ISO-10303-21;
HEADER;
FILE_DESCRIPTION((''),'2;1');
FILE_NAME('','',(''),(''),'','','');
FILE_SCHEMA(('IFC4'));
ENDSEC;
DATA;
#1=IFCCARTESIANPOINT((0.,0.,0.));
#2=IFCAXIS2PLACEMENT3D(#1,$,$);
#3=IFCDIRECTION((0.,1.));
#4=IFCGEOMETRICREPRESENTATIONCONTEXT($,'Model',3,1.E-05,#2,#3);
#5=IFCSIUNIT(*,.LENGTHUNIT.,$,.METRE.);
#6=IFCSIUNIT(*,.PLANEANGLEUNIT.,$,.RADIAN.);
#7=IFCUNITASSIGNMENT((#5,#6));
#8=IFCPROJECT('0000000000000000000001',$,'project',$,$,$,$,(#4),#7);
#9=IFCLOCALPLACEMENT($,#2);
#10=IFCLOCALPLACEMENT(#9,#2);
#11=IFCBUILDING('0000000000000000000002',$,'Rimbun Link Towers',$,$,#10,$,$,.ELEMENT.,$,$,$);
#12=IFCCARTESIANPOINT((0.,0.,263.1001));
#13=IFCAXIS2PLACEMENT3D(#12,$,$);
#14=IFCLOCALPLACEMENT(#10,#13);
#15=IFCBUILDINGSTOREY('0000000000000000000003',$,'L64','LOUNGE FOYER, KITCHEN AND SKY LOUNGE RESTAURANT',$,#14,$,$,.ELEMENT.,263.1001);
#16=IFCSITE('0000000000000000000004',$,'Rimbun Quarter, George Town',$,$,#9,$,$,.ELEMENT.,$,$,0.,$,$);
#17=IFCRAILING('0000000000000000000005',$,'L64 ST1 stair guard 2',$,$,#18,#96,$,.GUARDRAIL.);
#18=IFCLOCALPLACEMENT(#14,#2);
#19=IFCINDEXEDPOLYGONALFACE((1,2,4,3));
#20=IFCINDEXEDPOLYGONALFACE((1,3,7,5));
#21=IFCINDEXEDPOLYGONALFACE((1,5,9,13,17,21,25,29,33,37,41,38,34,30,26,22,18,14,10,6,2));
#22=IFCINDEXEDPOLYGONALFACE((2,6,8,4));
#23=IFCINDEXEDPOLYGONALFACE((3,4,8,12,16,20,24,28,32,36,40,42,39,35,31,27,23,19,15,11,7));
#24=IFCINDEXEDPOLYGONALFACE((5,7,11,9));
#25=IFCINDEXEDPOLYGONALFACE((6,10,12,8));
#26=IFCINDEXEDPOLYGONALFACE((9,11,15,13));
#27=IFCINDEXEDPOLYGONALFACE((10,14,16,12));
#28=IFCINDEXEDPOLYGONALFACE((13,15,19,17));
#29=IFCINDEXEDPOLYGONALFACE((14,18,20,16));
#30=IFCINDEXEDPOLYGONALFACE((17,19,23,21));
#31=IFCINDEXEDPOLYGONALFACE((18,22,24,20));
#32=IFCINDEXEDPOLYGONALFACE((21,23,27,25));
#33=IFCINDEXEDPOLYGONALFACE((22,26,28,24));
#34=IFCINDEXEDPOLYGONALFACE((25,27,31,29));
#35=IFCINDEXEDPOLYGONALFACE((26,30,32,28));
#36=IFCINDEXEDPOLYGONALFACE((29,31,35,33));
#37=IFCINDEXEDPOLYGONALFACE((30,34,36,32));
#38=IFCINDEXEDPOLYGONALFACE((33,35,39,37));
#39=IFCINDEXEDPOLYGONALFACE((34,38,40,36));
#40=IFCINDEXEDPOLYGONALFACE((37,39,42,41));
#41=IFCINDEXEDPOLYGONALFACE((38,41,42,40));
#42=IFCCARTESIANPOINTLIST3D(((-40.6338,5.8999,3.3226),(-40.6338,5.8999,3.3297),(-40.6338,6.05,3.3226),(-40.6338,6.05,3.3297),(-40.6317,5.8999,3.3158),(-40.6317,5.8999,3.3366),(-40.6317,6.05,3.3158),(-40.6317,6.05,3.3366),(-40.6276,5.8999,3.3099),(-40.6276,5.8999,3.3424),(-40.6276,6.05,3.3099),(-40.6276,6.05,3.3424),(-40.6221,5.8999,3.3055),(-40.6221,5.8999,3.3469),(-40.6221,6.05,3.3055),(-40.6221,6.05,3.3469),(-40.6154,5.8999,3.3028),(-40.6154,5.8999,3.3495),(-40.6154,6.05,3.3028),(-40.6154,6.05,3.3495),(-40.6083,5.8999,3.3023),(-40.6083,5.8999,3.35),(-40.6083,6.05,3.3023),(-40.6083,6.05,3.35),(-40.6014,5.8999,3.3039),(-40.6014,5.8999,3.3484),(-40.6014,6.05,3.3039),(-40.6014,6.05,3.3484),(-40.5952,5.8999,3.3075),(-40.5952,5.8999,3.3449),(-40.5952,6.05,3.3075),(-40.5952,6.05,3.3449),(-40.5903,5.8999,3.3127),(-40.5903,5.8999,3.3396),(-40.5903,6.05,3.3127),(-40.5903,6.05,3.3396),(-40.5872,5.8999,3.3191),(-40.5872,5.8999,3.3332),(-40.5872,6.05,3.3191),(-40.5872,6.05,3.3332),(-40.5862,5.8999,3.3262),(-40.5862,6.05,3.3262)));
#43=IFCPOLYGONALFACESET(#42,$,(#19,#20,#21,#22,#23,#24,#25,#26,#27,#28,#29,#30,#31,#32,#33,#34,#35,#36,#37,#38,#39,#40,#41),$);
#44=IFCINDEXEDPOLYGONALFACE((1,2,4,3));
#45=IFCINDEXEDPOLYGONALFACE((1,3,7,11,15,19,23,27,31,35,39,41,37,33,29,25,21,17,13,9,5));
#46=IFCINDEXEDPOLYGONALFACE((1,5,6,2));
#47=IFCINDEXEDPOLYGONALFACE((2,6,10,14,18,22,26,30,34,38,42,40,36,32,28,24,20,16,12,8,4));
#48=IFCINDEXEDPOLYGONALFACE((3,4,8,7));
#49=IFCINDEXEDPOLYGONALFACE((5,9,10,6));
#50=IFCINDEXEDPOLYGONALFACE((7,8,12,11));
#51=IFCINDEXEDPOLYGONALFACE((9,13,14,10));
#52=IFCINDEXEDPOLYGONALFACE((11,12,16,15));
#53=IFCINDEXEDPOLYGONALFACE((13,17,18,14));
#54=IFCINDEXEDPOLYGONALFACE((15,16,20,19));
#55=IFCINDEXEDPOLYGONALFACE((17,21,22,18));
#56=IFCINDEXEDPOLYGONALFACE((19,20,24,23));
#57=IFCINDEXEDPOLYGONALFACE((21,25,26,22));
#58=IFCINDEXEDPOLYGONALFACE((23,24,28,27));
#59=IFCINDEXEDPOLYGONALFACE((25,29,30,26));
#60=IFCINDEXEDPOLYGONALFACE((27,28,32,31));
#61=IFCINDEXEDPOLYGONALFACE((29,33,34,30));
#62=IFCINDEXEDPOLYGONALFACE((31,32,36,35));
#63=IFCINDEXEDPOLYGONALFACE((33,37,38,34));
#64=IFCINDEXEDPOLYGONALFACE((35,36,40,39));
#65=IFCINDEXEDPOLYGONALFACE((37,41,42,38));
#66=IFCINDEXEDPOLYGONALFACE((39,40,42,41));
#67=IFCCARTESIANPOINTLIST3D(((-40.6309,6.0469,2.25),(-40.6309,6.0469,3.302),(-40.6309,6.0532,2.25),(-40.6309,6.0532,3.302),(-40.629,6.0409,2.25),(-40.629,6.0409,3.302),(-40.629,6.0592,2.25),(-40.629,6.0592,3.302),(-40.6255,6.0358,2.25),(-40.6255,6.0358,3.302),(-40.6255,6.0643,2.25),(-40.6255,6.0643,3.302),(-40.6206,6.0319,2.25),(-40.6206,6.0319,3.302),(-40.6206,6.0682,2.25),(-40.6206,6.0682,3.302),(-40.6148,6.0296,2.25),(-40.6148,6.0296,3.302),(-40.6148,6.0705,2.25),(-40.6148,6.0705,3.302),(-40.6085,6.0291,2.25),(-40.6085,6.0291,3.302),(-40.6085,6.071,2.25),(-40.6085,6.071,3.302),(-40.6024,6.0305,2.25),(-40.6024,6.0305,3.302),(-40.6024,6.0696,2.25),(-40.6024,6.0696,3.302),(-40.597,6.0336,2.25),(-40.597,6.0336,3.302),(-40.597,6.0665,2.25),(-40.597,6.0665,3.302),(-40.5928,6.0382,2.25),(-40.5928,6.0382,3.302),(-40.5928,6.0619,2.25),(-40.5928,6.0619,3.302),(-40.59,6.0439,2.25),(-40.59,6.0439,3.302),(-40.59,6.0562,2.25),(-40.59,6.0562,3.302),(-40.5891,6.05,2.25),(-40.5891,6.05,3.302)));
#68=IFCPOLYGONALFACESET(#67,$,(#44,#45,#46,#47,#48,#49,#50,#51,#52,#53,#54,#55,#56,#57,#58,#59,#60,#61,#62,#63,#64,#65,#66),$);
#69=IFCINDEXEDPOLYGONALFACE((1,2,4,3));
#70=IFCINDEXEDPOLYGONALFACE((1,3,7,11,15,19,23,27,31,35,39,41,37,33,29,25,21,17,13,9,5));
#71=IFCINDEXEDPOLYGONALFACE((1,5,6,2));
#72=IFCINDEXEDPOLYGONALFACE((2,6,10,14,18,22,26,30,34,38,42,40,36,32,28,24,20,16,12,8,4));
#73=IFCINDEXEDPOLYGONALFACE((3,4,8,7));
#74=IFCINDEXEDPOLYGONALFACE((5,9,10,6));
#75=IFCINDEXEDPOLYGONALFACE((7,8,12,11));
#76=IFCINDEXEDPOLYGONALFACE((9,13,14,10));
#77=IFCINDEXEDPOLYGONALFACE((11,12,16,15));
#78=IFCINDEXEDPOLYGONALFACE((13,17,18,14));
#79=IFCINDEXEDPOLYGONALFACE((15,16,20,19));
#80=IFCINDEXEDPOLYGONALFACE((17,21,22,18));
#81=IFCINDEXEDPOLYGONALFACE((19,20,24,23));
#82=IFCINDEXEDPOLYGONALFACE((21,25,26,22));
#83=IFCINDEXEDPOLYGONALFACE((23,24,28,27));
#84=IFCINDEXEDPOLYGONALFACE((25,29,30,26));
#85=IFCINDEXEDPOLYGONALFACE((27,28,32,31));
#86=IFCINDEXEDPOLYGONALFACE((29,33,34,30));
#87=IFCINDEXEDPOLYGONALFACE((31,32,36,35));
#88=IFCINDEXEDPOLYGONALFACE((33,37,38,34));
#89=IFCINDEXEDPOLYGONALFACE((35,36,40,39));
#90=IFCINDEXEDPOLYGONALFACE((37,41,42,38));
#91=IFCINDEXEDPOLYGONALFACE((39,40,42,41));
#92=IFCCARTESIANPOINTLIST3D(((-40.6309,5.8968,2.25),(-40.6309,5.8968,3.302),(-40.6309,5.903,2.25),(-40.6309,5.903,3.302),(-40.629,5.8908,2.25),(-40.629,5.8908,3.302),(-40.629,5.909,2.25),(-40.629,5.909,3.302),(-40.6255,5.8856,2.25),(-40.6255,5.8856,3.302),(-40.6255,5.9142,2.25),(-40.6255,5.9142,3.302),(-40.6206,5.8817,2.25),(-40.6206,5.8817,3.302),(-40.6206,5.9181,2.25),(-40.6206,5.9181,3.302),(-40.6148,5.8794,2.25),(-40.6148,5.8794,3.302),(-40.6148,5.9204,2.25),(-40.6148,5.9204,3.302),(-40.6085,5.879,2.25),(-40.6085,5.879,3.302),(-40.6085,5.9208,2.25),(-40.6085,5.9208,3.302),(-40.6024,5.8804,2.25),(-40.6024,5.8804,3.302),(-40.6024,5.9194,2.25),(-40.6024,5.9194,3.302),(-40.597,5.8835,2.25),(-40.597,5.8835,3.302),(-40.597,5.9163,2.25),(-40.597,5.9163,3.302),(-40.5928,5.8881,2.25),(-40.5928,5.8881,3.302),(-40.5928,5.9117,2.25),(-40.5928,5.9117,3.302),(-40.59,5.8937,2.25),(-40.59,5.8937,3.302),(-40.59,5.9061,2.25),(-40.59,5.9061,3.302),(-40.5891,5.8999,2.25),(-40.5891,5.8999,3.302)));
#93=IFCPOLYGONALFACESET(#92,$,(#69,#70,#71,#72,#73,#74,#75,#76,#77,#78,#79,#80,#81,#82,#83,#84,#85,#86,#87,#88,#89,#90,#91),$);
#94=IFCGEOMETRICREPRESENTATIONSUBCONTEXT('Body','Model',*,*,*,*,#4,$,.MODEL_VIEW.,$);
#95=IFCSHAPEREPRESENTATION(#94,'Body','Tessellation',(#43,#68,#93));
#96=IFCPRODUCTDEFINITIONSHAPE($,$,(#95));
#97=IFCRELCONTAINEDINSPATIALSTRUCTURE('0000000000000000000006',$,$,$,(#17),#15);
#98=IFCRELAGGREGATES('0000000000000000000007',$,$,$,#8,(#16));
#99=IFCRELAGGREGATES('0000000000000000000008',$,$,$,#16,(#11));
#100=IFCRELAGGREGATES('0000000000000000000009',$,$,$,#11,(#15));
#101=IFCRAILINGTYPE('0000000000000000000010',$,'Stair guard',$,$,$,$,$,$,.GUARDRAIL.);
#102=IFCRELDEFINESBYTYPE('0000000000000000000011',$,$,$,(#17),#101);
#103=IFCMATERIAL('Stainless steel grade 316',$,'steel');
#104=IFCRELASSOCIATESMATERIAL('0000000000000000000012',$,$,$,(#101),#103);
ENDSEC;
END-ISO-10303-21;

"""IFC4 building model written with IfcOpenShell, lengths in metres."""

from ifc_helpers import new_model, si_unit, direction, frame, origin, origin_2d, place, context, subcontext, project, spatial, circle, extrude, material, type_object, element, save


model = new_model("IFC4")

# Units and contexts
model_context = context("Model", 3, precision=1e-05, world=origin(), true_north=direction((0.0, 1.0)))
body_context = subcontext(model_context, "Body", "Model", "MODEL_VIEW")
ifc_project = project(units=[si_unit("LENGTHUNIT", "METRE"), si_unit("PLANEANGLEUNIT", "RADIAN")], contexts=[model_context])

# Site, building, storey
site_placement = place(None, origin())
site = spatial("IfcSite", under=ifc_project, at=site_placement, Name="Rimbun Quarter, George Town", CompositionType="ELEMENT", RefElevation=0.0)
building_placement = place(site_placement, origin())
building = spatial("IfcBuilding", under=site, at=building_placement, Name="Rimbun Link Towers", CompositionType="ELEMENT")
storey_placement = place(building_placement, frame((0.0, 0.0, 263.1001)))
storey = spatial("IfcBuildingStorey", under=building, at=storey_placement, Name="L64", Description="LOUNGE FOYER, KITCHEN AND SKY LOUNGE RESTAURANT", CompositionType="ELEMENT", Elevation=263.1001)

# Railing
ifc_material_1 = material(Name="Stainless steel grade 316", Category="steel")
railing_type_1 = type_object("IfcRailingType", Name="Stair guard", PredefinedType="GUARDRAIL", material=ifc_material_1)
railing_1_placement = place(storey_placement, frame((-40.6101, 6.05, 2.25)))
element("IfcRailing", 1, at=railing_1_placement, inside=storey, type_object=railing_type_1, Name="L64 ST1 stair guard 2", PredefinedType="GUARDRAIL", context=body_context, shape_type="SweptSolid", body=[
    extrude(circle(Radius=0.0239, at=origin_2d()), frame((0.0, 0.0, 1.0762), z_axis=(0.0, -1.0, 0.0), x_axis=(1.0, 0.0, 0.0)), (0.0, 0.0, 1.0), 0.1501),
    extrude(circle(Radius=0.021, at=origin_2d()), origin(), (0.0, 0.0, 1.0), 1.052),
    extrude(circle(Radius=0.021, at=origin_2d()), frame((0.0, -0.1501, 0.0)), (0.0, 0.0, 1.0), 1.052),
])

save(model, "model.ifc")
